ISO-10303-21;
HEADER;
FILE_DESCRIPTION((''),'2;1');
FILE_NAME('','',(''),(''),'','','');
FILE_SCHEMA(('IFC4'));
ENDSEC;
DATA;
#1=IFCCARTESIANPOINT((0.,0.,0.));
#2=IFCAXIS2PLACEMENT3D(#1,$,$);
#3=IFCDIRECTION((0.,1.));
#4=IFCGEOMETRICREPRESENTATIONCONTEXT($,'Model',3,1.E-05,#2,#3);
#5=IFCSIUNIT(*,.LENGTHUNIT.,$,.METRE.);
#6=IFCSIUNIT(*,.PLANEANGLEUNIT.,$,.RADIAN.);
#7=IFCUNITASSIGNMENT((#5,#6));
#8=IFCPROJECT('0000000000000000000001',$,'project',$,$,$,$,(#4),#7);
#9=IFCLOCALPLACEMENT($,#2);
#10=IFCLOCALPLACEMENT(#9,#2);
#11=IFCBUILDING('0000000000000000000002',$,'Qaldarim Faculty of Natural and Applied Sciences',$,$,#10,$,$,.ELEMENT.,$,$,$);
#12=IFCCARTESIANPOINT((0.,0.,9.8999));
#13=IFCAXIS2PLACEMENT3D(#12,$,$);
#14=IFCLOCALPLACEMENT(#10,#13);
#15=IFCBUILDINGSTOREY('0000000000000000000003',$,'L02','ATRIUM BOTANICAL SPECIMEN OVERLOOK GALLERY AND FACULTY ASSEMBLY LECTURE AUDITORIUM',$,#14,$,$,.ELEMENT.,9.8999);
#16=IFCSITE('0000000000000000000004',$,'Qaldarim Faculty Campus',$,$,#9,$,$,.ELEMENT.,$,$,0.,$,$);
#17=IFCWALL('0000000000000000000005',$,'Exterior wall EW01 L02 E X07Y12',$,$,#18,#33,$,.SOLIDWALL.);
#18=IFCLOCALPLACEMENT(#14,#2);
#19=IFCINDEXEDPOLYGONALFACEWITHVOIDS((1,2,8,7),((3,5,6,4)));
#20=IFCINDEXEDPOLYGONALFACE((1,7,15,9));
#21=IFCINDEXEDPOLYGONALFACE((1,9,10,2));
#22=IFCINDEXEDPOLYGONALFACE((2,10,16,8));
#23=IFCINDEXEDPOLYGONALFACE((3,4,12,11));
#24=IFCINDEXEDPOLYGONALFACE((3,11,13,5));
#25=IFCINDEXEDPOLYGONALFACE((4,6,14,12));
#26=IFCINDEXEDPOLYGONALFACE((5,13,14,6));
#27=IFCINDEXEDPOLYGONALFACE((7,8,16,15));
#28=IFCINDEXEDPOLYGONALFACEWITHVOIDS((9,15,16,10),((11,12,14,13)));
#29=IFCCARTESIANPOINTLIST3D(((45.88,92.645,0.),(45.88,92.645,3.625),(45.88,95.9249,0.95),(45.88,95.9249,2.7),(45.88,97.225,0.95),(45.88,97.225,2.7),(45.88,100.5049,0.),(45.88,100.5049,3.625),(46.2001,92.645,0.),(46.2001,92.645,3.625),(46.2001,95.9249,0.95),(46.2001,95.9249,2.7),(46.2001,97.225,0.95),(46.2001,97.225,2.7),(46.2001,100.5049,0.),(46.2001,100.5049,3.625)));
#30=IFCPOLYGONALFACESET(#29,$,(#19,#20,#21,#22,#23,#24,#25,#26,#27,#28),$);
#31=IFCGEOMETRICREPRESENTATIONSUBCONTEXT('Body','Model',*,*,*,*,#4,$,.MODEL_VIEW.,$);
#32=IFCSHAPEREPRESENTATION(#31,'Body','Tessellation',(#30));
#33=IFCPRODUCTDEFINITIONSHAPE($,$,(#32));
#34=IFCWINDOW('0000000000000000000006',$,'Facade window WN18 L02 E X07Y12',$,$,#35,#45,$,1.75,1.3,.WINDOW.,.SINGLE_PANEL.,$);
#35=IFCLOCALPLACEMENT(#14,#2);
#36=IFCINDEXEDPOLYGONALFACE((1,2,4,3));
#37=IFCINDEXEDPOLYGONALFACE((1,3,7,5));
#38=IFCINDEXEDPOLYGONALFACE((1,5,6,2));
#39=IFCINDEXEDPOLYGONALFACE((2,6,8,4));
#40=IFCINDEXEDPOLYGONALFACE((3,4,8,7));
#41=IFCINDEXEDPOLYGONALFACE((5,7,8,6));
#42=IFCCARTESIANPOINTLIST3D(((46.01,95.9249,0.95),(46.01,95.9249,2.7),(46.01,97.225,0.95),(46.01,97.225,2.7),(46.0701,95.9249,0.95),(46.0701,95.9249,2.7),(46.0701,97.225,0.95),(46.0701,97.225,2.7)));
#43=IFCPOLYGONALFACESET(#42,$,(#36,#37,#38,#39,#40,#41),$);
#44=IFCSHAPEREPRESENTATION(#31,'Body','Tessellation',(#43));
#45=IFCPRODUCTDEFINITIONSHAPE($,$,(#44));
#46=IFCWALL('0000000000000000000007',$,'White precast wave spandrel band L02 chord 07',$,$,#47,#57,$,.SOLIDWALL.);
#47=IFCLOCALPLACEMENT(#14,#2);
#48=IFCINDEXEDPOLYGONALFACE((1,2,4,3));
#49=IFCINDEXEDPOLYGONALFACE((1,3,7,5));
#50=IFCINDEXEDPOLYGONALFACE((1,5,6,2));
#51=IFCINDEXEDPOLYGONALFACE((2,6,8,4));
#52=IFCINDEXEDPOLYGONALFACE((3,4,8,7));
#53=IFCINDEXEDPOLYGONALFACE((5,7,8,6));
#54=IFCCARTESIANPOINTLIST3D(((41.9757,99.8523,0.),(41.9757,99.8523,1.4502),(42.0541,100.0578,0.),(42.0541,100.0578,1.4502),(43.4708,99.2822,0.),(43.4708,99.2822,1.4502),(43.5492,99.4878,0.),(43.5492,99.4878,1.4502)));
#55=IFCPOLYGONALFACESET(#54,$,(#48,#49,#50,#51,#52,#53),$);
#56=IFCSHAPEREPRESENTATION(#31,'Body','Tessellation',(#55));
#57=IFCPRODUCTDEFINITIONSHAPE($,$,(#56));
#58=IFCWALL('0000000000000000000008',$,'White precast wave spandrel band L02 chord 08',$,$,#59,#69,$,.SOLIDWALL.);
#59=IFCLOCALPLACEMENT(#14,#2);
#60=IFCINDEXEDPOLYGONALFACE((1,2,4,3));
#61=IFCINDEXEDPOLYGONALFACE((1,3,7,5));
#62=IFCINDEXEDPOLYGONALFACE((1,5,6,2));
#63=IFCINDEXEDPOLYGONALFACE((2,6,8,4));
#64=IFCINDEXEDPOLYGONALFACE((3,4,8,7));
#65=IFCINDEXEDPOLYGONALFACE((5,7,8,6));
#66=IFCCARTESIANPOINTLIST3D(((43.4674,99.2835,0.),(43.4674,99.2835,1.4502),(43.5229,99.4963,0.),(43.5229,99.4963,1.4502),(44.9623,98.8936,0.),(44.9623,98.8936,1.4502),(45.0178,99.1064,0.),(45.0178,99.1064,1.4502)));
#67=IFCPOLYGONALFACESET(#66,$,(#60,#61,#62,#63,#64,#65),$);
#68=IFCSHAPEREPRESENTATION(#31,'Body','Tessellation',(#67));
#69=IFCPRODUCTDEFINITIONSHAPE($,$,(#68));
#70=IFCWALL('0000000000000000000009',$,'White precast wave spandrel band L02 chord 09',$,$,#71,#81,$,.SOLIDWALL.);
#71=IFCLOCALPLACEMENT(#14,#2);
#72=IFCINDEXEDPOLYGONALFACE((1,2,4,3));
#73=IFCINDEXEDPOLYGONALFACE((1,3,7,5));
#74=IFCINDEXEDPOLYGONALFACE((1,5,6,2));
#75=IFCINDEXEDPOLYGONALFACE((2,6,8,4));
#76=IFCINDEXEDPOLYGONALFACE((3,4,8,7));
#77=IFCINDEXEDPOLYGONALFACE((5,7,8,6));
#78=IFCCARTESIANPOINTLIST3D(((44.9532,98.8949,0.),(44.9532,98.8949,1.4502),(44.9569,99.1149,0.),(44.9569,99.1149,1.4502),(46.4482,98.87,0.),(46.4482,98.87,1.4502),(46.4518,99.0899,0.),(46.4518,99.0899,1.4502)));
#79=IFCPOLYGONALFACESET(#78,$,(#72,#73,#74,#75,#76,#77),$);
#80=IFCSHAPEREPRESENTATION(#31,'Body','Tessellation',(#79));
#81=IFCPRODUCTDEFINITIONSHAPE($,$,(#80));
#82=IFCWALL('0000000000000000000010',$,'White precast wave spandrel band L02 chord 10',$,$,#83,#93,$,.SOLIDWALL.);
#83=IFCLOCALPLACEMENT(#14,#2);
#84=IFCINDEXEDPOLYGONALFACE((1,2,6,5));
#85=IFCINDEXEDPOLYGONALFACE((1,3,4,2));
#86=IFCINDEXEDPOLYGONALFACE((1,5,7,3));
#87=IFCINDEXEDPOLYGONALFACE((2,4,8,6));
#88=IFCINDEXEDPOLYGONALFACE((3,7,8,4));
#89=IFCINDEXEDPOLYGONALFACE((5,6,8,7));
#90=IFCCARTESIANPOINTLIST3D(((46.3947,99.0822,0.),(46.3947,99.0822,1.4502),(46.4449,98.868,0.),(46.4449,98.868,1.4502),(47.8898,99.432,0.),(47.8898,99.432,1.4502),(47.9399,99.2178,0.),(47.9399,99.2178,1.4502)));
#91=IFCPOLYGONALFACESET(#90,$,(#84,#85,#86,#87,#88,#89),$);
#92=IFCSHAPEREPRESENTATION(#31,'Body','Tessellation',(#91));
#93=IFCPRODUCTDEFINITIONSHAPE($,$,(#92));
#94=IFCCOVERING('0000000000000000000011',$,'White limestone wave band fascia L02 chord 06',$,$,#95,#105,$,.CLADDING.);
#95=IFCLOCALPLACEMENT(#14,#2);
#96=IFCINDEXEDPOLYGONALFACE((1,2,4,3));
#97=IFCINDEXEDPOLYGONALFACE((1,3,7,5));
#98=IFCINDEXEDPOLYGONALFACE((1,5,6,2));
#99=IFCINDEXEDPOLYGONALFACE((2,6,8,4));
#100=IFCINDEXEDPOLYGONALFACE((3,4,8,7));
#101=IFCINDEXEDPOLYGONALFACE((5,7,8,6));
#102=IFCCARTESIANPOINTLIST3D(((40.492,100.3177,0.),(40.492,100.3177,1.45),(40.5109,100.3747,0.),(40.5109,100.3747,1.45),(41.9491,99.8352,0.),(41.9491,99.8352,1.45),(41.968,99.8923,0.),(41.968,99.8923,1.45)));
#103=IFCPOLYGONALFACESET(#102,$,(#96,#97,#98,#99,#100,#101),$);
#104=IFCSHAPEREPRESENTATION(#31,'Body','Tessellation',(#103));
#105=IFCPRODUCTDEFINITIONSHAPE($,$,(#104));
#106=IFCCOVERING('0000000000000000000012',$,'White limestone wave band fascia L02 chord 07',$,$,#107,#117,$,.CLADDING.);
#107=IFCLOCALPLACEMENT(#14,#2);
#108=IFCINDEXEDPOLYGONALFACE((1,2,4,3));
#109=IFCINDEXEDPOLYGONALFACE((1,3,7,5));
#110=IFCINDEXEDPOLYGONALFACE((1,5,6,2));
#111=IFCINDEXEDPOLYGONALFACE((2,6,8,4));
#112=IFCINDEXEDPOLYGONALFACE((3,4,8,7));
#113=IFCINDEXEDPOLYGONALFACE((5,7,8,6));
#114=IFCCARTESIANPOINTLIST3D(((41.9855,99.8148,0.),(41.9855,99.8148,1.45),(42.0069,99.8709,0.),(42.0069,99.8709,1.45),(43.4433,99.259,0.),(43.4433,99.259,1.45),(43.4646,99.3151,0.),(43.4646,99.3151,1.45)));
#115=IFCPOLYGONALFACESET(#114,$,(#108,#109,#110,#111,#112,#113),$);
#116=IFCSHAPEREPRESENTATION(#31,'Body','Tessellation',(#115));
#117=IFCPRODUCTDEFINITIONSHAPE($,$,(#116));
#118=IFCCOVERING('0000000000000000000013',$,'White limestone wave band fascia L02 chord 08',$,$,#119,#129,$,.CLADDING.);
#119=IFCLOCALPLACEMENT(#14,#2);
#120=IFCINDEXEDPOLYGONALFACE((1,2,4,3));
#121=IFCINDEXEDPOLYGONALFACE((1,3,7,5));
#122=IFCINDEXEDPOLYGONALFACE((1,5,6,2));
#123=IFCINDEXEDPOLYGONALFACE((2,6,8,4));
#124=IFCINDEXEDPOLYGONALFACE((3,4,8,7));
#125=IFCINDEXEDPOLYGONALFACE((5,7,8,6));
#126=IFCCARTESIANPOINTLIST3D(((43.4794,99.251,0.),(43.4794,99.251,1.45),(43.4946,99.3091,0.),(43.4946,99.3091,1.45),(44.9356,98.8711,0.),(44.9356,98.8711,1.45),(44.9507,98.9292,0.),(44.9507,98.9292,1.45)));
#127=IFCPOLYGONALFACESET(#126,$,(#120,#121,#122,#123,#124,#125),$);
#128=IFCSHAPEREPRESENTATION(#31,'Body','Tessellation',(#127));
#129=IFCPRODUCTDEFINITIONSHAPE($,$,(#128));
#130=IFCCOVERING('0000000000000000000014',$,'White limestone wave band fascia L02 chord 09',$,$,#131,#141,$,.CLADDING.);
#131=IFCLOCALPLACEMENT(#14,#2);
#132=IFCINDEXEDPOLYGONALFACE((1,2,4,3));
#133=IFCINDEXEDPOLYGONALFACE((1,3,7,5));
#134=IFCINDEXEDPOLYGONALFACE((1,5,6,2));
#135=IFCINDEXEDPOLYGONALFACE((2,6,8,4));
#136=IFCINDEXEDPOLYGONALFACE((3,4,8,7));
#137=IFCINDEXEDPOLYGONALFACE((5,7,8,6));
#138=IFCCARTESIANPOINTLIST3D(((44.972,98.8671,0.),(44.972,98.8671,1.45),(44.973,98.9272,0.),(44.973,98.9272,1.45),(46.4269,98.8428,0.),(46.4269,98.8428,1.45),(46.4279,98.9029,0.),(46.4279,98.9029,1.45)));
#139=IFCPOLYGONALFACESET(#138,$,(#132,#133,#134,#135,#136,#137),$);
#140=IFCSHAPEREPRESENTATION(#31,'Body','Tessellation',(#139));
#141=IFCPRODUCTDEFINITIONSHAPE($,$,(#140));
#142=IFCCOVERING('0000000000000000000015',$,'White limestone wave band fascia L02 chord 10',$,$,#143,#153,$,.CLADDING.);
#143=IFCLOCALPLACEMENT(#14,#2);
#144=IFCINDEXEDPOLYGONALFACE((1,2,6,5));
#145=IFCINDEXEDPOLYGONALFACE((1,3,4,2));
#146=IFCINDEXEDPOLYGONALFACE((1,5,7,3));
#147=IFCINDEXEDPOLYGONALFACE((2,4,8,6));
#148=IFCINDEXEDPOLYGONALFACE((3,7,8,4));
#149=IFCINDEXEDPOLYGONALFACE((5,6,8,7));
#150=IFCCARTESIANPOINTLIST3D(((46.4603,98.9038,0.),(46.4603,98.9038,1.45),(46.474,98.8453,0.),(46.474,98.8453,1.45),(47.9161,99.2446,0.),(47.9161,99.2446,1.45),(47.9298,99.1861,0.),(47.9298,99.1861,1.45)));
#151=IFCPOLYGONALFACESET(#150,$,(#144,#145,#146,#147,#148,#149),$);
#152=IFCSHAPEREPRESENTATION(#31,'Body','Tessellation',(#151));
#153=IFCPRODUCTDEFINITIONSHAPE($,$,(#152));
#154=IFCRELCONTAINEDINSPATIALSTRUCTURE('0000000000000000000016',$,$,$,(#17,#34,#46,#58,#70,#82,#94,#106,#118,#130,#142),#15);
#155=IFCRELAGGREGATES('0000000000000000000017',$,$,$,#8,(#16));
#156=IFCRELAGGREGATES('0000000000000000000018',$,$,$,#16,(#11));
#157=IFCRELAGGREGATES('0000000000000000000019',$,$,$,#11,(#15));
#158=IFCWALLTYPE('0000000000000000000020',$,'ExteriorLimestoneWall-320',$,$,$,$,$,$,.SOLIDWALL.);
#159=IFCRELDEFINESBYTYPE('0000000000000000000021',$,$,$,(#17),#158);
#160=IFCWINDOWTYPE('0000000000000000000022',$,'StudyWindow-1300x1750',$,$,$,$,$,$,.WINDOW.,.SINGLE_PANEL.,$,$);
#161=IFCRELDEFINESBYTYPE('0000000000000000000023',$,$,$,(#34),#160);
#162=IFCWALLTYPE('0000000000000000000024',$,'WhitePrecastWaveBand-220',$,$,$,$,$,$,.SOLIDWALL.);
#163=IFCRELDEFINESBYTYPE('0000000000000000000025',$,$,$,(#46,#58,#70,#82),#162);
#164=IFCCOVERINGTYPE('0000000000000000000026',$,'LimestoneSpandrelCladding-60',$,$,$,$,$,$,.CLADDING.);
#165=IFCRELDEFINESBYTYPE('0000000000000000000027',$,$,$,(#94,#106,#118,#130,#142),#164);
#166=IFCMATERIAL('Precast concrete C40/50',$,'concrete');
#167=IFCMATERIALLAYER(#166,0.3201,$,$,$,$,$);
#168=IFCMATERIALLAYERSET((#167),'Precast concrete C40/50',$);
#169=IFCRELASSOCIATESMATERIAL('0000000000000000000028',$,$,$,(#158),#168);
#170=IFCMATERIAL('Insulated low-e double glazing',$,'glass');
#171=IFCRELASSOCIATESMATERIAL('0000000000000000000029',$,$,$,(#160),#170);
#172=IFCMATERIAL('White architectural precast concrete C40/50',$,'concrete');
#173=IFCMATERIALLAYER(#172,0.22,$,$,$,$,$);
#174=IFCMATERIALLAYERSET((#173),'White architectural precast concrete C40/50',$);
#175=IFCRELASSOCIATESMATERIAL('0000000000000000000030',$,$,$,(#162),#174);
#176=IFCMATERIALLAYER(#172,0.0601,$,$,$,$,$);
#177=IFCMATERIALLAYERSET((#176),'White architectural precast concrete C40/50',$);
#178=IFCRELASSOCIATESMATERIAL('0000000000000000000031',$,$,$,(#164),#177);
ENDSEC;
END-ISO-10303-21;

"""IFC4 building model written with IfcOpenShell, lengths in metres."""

from ifc_helpers import new_model, si_unit, direction, frame, frame_2d, origin, origin_2d, place, context, subcontext, project, spatial, rectangle, extrude, material, layer, layer_set, type_object, element, fill, save


model = new_model("IFC4")

# Units and contexts
model_context = context("Model", 3, precision=1e-05, world=origin(), true_north=direction((0.0, 1.0)))
body_context = subcontext(model_context, "Body", "Model", "MODEL_VIEW")
ifc_project = project(units=[si_unit("LENGTHUNIT", "METRE"), si_unit("PLANEANGLEUNIT", "RADIAN")], contexts=[model_context])

# Site, building, storey
site_placement = place(None, origin())
site = spatial("IfcSite", under=ifc_project, at=site_placement, Name="Qaldarim Faculty Campus", CompositionType="ELEMENT", RefElevation=0.0)
building_placement = place(site_placement, origin())
building = spatial("IfcBuilding", under=site, at=building_placement, Name="Qaldarim Faculty of Natural and Applied Sciences", CompositionType="ELEMENT")
storey_placement = place(building_placement, frame((0.0, 0.0, 9.8999)))
storey = spatial("IfcBuildingStorey", under=building, at=storey_placement, Name="L02", Description="ATRIUM BOTANICAL SPECIMEN OVERLOOK GALLERY AND FACULTY ASSEMBLY LECTURE AUDITORIUM", CompositionType="ELEMENT", Elevation=9.8999)

# Shared definitions
ifc_material_1 = material(Name="Insulated low-e double glazing", Category="glass")

# Wall, opening, window
ifc_material_2 = material(Name="Precast concrete C40/50", Category="concrete")
ifc_layer_1 = layer(ifc_material_2, 0.3201)
ifc_layer_set_1 = layer_set([ifc_layer_1], Name="Precast concrete C40/50")
wall_type_1 = type_object("IfcWallType", Name="ExteriorLimestoneWall-320", PredefinedType="SOLIDWALL", material=ifc_layer_set_1)
wall_1_placement = place(storey_placement, frame((46.04, 92.645, 0.0), z_axis=(0.0, 0.0, 1.0), x_axis=(0.0, 1.0, 0.0)))
wall_1 = element("IfcWall", 1, at=wall_1_placement, inside=storey, type_object=wall_type_1, Name="Exterior wall EW01 L02 E X07Y12", PredefinedType="SOLIDWALL", context=body_context, shape_type="SweptSolid", body=[
    extrude(rectangle(XDim=7.8599, YDim=0.3201, at=frame_2d((3.9299, 0.0))), origin(), (0.0, 0.0, 1.0), 3.625),
])
opening_placement = place(wall_1_placement, frame((3.28, 0.0, 0.95)))
opening = element("IfcOpeningElement", 2, at=opening_placement, cuts=wall_1, PredefinedType="OPENING", context=body_context, shape_type="SweptSolid", body=[
    extrude(rectangle(XDim=1.3, YDim=1.75, at=frame_2d((0.6499, 0.875))), frame((0.0, 0.1699, 0.0), z_axis=(0.0, -1.0, 0.0), x_axis=(1.0, 0.0, 0.0)), (0.0, 0.0, 1.0), 0.3401),
])
window_type = type_object("IfcWindowType", Name="StudyWindow-1300x1750", PartitioningType="SINGLE_PANEL", PredefinedType="WINDOW", material=ifc_material_1)
window_placement = place(opening_placement, origin())
window = element("IfcWindow", 3, at=window_placement, inside=storey, type_object=window_type, Name="Facade window WN18 L02 E X07Y12", OverallHeight=1.75, OverallWidth=1.3, PartitioningType="SINGLE_PANEL", PredefinedType="WINDOW", context=body_context, shape_type="SweptSolid", body=[
    extrude(rectangle(XDim=1.3, YDim=1.75, at=frame_2d((0.6499, 0.875))), frame((0.0, 0.03, 0.0), z_axis=(0.0, -1.0, 0.0), x_axis=(1.0, 0.0, 0.0)), (0.0, 0.0, 1.0), 0.0601),
])
fill(opening, window)

# Walls
ifc_material_3 = material(Name="White architectural precast concrete C40/50", Category="concrete")
ifc_layer_2 = layer(ifc_material_3, 0.22)
ifc_layer_set_2 = layer_set([ifc_layer_2], Name="White architectural precast concrete C40/50")
wall_type_2 = type_object("IfcWallType", Name="WhitePrecastWaveBand-220", PredefinedType="SOLIDWALL", material=ifc_layer_set_2)
wall_2_placement = place(storey_placement, frame((42.0149, 99.9551, 0.0), z_axis=(0.0, 0.0, 1.0), x_axis=(0.934384, -0.356268, 0.0)))
element("IfcWall", 4, at=wall_2_placement, inside=storey, type_object=wall_type_2, Name="White precast wave spandrel band L02 chord 07", PredefinedType="SOLIDWALL", context=body_context, shape_type="SweptSolid", body=[
    extrude(rectangle(XDim=1.6001, YDim=0.22, at=frame_2d((0.8, 0.0))), origin(), (0.0, 0.0, 1.0), 1.4502),
])
wall_3_placement = place(storey_placement, frame((43.4951, 99.3899, 0.0), z_axis=(0.0, 0.0, 1.0), x_axis=(0.967629, -0.252377, 0.0)))
element("IfcWall", 5, at=wall_3_placement, inside=storey, type_object=wall_type_2, Name="White precast wave spandrel band L02 chord 08", PredefinedType="SOLIDWALL", context=body_context, shape_type="SweptSolid", body=[
    extrude(rectangle(XDim=1.5449, YDim=0.22, at=frame_2d((0.7725, 0.0))), origin(), (0.0, 0.0, 1.0), 1.4502),
])
wall_4_placement = place(storey_placement, frame((44.9551, 99.0049, 0.0), z_axis=(0.0, 0.0, 1.0), x_axis=(0.999861, -0.016656, 0.0)))
element("IfcWall", 6, at=wall_4_placement, inside=storey, type_object=wall_type_2, Name="White precast wave spandrel band L02 chord 09", PredefinedType="SOLIDWALL", context=body_context, shape_type="SweptSolid", body=[
    extrude(rectangle(XDim=1.4951, YDim=0.22, at=frame_2d((0.7476, 0.0))), origin(), (0.0, 0.0, 1.0), 1.4502),
])
wall_5_placement = place(storey_placement, frame((46.4199, 98.9751, 0.0), z_axis=(0.0, 0.0, 1.0), x_axis=(0.973698, 0.227843, 0.0)))
element("IfcWall", 7, at=wall_5_placement, inside=storey, type_object=wall_type_2, Name="White precast wave spandrel band L02 chord 10", PredefinedType="SOLIDWALL", context=body_context, shape_type="SweptSolid", body=[
    extrude(rectangle(XDim=1.5354, YDim=0.22, at=frame_2d((0.7676, 0.0))), origin(), (0.0, 0.0, 1.0), 1.4502),
])

# Coverings
ifc_layer_3 = layer(ifc_material_3, 0.0601)
ifc_layer_set_3 = layer_set([ifc_layer_3], Name="White architectural precast concrete C40/50")
covering_type = type_object("IfcCoveringType", Name="LimestoneSpandrelCladding-60", PredefinedType="CLADDING", material=ifc_layer_set_3)
covering_1_placement = place(storey_placement, frame((41.23, 100.105, 0.0), z_axis=(0.0, 0.0, 1.0), x_axis=(0.949316, -0.314324, 0.0)))
element("IfcCovering", 8, at=covering_1_placement, inside=storey, type_object=covering_type, Name="White limestone wave band fascia L02 chord 06", PredefinedType="CLADDING", context=body_context, shape_type="SweptSolid", body=[
    extrude(rectangle(XDim=1.5349, YDim=0.0601, at=origin_2d()), origin(), (0.0, 0.0, 1.0), 1.45),
])
covering_2_placement = place(storey_placement, frame((42.7251, 99.5649, 0.0), z_axis=(0.0, 0.0, 1.0), x_axis=(0.934391, -0.356249, 0.0)))
element("IfcCovering", 9, at=covering_2_placement, inside=storey, type_object=covering_type, Name="White limestone wave band fascia L02 chord 07", PredefinedType="CLADDING", context=body_context, shape_type="SweptSolid", body=[
    extrude(rectangle(XDim=1.5601, YDim=0.0601, at=origin_2d()), origin(), (0.0, 0.0, 1.0), 1.45),
])
covering_3_placement = place(storey_placement, frame((44.2151, 99.0901, 0.0), z_axis=(0.0, 0.0, 1.0), x_axis=(0.967617, -0.252424, 0.0)))
element("IfcCovering", 10, at=covering_3_placement, inside=storey, type_object=covering_type, Name="White limestone wave band fascia L02 chord 08", PredefinedType="CLADDING", context=body_context, shape_type="SweptSolid", body=[
    extrude(rectangle(XDim=1.5049, YDim=0.0601, at=origin_2d()), origin(), (0.0, 0.0, 1.0), 1.45),
])
covering_4_placement = place(storey_placement, frame((45.7, 98.885, 0.0), z_axis=(0.0, 0.0, 1.0), x_axis=(0.99986, -0.016719, 0.0)))
element("IfcCovering", 11, at=covering_4_placement, inside=storey, type_object=covering_type, Name="White limestone wave band fascia L02 chord 09", PredefinedType="CLADDING", context=body_context, shape_type="SweptSolid", body=[
    extrude(rectangle(XDim=1.4551, YDim=0.0601, at=origin_2d()), origin(), (0.0, 0.0, 1.0), 1.45),
])
covering_5_placement = place(storey_placement, frame((47.1951, 99.0449, 0.0), z_axis=(0.0, 0.0, 1.0), x_axis=(0.973674, 0.227943, 0.0)))
element("IfcCovering", 12, at=covering_5_placement, inside=storey, type_object=covering_type, Name="White limestone wave band fascia L02 chord 10", PredefinedType="CLADDING", context=body_context, shape_type="SweptSolid", body=[
    extrude(rectangle(XDim=1.4951, YDim=0.0601, at=origin_2d()), origin(), (0.0, 0.0, 1.0), 1.45),
])

save(model, "model.ifc")
